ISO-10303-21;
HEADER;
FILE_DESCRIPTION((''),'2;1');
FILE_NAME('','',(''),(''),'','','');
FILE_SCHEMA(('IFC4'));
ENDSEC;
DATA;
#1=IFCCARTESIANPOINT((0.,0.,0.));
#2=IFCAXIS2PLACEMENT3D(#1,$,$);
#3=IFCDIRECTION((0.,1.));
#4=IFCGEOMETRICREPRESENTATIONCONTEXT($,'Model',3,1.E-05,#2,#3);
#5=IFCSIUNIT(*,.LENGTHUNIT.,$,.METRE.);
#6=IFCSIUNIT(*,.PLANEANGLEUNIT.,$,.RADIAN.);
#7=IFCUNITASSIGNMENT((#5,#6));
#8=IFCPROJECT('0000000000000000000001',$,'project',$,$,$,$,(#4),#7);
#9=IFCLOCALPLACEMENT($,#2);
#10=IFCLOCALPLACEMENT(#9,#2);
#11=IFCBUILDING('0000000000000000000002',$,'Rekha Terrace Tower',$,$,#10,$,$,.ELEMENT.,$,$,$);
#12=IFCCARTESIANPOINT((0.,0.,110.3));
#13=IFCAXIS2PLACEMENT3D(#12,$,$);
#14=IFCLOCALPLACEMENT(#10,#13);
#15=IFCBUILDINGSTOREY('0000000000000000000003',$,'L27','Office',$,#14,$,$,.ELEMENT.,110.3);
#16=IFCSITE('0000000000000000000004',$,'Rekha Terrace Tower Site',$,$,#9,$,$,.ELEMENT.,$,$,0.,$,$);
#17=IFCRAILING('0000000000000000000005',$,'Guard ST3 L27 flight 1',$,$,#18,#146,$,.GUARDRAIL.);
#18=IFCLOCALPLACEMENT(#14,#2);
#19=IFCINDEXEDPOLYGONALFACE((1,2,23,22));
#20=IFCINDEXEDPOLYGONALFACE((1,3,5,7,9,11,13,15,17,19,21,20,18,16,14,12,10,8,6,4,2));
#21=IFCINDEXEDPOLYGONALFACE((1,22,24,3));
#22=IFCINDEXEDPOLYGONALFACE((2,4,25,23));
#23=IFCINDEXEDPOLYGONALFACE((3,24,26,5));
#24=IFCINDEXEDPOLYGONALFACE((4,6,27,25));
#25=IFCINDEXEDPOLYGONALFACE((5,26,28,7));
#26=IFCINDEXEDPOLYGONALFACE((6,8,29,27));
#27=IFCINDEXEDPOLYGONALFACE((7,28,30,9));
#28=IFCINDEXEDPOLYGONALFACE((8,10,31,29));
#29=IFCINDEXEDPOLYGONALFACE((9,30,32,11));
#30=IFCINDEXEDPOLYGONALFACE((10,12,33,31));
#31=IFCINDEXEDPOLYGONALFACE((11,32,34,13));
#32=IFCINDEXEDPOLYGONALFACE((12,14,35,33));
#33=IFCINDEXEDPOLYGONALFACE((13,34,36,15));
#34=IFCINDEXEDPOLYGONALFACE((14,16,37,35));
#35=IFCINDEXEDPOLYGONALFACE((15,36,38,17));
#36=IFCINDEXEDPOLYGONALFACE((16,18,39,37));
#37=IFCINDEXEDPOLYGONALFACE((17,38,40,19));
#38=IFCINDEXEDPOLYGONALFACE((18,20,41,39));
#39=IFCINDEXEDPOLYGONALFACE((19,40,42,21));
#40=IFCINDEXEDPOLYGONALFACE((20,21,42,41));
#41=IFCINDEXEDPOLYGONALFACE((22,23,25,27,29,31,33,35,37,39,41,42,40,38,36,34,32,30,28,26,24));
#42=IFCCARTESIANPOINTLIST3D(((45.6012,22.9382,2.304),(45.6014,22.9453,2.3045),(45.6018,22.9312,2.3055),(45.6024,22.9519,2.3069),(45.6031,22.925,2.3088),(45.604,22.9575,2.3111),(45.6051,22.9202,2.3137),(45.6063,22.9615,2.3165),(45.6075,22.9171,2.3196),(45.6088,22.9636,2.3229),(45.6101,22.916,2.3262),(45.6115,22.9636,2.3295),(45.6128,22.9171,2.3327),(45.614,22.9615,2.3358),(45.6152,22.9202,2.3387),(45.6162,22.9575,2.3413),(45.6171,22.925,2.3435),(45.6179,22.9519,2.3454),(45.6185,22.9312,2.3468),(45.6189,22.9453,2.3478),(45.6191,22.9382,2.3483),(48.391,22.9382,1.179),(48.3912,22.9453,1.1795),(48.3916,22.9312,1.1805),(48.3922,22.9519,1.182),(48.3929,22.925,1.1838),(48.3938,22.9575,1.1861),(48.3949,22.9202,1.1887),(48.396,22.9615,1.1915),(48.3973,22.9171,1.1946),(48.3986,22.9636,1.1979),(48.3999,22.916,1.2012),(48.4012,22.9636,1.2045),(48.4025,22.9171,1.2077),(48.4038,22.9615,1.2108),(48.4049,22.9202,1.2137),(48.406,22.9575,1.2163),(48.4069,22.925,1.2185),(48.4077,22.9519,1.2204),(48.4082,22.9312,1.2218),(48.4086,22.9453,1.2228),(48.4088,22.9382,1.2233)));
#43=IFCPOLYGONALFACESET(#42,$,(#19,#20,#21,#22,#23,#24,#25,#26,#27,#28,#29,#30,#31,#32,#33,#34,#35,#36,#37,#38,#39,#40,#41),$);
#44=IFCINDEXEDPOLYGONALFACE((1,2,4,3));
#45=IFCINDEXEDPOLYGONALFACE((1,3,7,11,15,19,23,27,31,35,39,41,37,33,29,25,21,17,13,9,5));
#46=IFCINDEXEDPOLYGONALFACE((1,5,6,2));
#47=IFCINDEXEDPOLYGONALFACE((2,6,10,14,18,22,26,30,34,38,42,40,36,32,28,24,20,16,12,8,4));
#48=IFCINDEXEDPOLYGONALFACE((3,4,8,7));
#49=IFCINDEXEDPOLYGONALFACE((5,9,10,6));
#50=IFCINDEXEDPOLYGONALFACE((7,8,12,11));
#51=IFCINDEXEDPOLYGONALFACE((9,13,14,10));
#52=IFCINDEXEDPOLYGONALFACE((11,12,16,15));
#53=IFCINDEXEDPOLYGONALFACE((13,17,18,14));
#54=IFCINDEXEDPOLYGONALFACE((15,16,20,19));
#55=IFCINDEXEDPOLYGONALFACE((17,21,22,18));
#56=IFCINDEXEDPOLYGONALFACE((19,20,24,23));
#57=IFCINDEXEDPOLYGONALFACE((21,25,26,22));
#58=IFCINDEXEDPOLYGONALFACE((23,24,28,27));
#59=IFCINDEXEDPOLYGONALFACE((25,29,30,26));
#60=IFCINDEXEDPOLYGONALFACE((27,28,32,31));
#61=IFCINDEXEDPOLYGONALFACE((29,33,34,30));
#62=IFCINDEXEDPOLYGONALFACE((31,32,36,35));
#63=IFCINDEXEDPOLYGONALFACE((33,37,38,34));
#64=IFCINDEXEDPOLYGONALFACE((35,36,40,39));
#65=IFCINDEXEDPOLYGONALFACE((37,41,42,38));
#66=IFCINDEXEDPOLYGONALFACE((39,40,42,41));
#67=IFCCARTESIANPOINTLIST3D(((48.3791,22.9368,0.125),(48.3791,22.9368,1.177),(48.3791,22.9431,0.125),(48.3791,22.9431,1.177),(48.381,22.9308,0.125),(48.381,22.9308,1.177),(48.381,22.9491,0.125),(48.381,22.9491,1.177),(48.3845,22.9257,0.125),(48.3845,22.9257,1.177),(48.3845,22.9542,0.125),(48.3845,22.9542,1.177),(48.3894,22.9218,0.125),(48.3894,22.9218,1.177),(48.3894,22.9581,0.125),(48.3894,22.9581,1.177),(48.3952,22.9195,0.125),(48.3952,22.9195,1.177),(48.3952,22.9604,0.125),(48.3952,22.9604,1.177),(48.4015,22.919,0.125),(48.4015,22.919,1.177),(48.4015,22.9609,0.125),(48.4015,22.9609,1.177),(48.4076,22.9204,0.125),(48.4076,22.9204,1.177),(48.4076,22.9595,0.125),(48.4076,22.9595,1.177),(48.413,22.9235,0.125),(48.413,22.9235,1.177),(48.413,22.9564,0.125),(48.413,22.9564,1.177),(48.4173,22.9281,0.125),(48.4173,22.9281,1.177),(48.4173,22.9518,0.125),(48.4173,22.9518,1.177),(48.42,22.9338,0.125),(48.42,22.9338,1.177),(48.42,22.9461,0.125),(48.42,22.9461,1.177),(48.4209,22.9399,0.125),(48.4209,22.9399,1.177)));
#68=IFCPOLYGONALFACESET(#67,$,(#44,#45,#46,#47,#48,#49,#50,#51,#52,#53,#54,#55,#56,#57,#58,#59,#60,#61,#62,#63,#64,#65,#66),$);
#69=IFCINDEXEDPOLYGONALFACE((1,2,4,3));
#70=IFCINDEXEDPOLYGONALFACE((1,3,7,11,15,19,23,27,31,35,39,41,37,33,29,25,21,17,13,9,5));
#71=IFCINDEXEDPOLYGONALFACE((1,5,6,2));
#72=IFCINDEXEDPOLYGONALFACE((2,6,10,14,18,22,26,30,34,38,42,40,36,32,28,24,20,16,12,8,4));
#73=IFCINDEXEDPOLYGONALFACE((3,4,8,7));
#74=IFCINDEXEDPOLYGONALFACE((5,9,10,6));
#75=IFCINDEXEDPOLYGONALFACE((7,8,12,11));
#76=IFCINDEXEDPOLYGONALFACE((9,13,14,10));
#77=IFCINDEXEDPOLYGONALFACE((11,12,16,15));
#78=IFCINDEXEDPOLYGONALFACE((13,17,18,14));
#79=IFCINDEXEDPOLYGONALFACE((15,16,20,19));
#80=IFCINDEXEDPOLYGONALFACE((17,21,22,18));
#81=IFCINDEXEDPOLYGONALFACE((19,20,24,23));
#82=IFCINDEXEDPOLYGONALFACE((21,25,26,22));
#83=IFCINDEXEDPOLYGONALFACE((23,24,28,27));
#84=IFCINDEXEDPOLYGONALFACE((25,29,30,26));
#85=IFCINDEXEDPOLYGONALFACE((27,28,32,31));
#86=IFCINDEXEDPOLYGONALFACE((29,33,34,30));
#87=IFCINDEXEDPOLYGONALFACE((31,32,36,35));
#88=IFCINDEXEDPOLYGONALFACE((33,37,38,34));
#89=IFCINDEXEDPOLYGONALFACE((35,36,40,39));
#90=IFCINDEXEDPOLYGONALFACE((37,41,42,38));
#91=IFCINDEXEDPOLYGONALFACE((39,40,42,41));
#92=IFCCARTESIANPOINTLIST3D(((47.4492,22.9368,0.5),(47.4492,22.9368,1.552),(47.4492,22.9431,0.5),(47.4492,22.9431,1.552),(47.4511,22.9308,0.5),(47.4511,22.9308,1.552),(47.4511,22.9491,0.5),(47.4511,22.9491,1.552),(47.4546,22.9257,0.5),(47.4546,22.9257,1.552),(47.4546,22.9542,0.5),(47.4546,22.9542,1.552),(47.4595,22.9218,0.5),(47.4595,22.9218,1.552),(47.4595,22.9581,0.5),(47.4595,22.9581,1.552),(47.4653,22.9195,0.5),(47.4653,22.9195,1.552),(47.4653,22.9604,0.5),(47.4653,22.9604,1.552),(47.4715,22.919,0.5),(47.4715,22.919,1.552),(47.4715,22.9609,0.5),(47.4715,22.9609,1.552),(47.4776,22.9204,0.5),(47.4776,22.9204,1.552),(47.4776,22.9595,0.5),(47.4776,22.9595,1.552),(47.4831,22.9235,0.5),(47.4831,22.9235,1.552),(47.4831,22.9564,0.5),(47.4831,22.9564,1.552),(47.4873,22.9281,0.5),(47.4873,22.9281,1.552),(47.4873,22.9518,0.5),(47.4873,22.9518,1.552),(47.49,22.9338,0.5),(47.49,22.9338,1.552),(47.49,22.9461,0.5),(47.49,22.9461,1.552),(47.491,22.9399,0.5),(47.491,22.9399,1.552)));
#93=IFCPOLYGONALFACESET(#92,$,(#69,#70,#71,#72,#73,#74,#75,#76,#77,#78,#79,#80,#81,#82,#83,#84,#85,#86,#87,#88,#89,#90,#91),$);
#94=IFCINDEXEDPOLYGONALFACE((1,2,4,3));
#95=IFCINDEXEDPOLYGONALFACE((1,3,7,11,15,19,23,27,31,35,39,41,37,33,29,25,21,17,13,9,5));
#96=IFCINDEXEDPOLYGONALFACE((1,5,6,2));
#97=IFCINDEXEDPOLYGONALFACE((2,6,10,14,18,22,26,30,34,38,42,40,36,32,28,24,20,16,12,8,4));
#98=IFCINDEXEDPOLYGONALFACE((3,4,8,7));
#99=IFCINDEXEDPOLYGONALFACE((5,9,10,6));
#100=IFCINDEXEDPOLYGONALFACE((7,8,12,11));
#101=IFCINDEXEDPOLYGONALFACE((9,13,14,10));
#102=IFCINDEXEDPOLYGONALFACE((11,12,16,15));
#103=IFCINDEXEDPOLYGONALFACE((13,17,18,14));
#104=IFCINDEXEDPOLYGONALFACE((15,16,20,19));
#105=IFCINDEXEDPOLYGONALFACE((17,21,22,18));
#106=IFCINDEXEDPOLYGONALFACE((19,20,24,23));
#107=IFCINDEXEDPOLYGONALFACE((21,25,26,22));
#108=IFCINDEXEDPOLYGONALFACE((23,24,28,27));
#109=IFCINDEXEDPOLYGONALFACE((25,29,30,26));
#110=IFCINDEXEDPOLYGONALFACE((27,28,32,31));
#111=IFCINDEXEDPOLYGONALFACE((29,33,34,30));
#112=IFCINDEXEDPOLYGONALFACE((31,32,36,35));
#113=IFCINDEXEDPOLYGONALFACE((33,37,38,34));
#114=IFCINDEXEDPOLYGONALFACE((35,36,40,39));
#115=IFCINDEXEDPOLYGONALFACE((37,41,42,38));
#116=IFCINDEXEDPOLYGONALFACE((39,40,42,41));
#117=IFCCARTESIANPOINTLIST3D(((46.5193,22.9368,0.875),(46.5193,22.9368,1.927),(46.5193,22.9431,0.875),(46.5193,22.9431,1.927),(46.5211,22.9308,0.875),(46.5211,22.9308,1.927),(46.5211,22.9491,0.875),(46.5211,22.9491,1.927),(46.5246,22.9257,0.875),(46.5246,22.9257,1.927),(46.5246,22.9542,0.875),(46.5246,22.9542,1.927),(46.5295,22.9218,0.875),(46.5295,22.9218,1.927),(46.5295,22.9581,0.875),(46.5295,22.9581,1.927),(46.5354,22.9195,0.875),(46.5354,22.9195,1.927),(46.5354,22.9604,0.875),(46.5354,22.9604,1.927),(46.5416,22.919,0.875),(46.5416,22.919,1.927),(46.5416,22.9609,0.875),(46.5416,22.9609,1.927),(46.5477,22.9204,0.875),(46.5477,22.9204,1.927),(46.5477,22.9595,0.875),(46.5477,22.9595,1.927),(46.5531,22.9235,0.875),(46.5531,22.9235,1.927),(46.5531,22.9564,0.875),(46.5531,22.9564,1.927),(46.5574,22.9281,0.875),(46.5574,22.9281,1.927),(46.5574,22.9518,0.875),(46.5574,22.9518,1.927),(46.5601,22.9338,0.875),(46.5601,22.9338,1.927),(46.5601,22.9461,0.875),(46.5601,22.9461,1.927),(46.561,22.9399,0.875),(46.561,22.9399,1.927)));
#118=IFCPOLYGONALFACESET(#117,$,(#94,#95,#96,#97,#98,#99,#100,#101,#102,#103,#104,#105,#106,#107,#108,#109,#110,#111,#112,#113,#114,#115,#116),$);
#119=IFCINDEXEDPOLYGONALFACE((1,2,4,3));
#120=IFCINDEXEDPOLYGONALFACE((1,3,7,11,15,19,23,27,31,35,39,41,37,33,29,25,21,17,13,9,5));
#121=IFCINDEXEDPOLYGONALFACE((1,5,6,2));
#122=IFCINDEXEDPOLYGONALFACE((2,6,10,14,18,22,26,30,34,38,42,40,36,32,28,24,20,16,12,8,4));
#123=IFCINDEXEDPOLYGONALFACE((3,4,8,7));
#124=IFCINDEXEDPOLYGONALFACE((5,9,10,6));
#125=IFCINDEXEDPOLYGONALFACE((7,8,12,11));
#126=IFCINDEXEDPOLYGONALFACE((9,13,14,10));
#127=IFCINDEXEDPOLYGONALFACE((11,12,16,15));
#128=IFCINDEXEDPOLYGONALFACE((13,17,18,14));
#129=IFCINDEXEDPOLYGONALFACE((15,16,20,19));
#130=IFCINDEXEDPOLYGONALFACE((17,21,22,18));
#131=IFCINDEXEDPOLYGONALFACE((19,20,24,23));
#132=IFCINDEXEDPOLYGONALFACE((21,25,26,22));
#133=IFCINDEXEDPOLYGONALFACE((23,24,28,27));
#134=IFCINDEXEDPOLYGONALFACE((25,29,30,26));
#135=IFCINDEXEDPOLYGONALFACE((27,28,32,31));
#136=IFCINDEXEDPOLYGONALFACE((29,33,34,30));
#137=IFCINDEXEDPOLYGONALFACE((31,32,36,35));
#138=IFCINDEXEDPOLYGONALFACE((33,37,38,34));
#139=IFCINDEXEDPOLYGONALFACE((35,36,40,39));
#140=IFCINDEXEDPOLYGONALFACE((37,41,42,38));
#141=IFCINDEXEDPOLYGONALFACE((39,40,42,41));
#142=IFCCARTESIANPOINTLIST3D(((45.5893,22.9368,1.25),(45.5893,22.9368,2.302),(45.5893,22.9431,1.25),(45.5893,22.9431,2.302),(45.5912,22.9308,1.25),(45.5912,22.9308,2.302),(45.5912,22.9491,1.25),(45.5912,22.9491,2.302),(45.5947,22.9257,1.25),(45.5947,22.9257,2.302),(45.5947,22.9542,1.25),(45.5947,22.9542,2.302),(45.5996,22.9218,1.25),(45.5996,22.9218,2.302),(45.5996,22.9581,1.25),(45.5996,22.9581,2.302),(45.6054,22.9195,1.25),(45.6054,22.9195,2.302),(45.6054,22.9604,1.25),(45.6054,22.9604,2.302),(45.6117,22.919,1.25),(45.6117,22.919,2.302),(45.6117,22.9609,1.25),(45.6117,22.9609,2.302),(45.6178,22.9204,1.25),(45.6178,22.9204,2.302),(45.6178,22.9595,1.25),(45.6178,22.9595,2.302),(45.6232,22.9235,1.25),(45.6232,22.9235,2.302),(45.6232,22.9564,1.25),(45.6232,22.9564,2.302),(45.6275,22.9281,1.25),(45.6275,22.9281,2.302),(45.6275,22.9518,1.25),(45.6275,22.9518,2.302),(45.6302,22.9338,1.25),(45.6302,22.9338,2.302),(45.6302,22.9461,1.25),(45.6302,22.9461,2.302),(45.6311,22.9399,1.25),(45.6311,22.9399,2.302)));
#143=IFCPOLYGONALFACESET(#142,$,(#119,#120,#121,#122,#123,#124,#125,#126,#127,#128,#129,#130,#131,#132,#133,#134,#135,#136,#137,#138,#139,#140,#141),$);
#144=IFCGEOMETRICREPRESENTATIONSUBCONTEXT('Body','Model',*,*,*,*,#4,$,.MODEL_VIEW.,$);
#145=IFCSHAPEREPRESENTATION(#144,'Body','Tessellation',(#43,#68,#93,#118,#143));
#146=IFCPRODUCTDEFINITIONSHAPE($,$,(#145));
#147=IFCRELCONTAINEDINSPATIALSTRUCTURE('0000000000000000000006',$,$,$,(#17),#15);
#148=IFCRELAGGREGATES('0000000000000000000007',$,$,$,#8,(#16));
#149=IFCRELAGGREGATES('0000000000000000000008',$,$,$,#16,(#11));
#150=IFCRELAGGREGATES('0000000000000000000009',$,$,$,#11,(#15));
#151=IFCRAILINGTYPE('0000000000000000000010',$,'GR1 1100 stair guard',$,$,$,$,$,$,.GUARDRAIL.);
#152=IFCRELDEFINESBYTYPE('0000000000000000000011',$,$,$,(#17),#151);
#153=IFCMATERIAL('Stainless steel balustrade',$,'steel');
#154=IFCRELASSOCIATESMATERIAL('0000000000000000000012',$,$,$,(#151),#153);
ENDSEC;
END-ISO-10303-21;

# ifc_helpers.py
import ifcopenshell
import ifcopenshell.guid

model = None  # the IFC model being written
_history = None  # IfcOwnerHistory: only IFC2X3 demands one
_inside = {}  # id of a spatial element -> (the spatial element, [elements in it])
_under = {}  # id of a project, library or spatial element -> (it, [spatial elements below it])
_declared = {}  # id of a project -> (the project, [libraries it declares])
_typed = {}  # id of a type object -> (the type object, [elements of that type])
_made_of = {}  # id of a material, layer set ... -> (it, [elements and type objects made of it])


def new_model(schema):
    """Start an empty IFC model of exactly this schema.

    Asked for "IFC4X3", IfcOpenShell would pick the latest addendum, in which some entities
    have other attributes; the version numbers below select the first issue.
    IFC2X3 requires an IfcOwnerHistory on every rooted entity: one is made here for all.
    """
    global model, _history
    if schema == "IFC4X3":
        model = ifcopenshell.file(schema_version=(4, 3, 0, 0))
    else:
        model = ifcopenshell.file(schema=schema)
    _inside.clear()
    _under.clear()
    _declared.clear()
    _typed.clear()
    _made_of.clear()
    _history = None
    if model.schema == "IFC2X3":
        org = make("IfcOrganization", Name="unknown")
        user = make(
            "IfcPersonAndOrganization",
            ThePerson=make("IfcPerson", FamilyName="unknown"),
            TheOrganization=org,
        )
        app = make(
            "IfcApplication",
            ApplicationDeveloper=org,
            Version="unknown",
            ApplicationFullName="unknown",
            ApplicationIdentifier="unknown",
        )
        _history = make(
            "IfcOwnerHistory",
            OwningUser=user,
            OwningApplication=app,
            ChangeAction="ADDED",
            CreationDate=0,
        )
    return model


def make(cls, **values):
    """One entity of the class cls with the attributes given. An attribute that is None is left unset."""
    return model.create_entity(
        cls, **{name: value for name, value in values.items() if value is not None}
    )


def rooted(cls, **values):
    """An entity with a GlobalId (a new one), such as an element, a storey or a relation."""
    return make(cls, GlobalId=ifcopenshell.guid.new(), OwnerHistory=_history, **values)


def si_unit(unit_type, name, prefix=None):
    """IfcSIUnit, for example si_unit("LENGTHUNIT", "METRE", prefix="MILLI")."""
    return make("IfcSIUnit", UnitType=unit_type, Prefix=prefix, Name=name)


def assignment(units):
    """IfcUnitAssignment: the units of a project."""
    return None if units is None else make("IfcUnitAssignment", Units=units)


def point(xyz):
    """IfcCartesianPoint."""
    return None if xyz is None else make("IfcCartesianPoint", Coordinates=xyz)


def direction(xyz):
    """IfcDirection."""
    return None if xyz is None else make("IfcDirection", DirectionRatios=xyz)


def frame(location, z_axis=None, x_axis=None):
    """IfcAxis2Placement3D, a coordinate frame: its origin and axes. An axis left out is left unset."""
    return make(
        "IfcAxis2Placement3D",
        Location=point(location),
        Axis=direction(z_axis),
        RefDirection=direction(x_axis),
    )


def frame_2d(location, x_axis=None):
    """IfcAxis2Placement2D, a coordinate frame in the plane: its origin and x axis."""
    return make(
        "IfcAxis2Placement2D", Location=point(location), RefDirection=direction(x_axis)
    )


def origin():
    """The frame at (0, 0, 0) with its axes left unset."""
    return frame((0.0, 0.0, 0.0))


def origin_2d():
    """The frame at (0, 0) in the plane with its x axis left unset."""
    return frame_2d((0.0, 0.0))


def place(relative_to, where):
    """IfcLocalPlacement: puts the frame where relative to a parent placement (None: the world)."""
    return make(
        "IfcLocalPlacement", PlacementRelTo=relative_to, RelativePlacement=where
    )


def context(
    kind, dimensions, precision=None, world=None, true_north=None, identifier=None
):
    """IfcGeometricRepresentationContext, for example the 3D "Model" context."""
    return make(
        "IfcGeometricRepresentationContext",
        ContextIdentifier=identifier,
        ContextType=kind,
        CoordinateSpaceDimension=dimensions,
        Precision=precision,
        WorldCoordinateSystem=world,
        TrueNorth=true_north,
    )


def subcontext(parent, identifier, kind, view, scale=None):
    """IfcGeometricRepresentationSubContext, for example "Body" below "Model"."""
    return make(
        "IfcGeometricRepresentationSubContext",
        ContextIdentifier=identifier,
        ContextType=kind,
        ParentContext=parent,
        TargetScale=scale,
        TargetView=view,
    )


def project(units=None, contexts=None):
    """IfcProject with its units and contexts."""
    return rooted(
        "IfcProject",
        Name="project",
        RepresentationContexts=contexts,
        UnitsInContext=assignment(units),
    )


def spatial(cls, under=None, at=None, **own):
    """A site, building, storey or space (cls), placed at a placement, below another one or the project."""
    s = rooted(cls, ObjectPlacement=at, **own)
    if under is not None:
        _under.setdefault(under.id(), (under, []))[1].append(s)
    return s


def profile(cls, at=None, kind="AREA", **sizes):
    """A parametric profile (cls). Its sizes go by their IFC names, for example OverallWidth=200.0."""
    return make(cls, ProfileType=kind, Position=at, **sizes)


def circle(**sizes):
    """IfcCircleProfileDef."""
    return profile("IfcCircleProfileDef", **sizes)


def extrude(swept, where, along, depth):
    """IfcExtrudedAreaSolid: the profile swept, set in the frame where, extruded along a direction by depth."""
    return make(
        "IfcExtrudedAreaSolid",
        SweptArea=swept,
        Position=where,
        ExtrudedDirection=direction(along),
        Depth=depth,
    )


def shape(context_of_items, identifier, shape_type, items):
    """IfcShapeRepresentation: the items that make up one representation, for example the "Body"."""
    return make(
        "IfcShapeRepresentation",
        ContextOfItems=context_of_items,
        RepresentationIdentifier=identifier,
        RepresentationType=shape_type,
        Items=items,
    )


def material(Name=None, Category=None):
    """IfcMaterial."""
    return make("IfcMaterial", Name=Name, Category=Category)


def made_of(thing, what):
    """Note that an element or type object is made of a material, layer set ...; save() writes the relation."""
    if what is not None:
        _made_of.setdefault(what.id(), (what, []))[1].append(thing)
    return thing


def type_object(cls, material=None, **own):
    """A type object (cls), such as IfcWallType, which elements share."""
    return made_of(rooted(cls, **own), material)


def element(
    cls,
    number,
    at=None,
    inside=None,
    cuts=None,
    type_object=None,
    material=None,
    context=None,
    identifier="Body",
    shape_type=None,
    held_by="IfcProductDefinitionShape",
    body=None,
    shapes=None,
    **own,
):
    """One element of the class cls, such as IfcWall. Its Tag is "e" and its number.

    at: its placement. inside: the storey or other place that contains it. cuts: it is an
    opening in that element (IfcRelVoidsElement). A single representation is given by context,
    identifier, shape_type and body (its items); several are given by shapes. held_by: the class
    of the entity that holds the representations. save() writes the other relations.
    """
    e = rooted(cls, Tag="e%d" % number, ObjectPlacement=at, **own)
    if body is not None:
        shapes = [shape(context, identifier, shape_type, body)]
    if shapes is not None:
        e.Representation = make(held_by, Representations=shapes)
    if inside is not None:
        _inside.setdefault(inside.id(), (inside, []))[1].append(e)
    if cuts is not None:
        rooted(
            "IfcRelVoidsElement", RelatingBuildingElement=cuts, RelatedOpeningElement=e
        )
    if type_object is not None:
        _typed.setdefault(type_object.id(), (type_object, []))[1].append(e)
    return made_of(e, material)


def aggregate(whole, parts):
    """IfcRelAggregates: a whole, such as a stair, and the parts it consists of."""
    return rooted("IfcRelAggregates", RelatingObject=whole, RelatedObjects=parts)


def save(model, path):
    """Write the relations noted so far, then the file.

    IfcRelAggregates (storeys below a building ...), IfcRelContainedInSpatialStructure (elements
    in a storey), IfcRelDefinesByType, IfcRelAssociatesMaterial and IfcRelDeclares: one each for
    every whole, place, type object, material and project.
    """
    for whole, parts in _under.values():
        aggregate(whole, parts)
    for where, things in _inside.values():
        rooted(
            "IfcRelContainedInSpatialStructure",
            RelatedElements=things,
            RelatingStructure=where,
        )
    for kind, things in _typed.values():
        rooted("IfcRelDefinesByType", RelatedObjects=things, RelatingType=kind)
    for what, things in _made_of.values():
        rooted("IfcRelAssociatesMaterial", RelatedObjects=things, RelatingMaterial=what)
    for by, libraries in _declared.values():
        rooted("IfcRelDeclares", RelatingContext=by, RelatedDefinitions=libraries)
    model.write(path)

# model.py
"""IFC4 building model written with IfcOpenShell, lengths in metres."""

from ifc_helpers import new_model, si_unit, direction, frame, origin, origin_2d, place, context, subcontext, project, spatial, circle, extrude, material, type_object, element, save


model = new_model("IFC4")

# Units and contexts
model_context = context("Model", 3, precision=1e-05, world=origin(), true_north=direction((0.0, 1.0)))
body_context = subcontext(model_context, "Body", "Model", "MODEL_VIEW")
ifc_project = project(units=[si_unit("LENGTHUNIT", "METRE"), si_unit("PLANEANGLEUNIT", "RADIAN")], contexts=[model_context])

# Site, building, storey
site_placement = place(None, origin())
site = spatial("IfcSite", under=ifc_project, at=site_placement, Name="Rekha Terrace Tower Site", CompositionType="ELEMENT", RefElevation=0.0)
building_placement = place(site_placement, origin())
building = spatial("IfcBuilding", under=site, at=building_placement, Name="Rekha Terrace Tower", CompositionType="ELEMENT")
storey_placement = place(building_placement, frame((0.0, 0.0, 110.3)))
storey = spatial("IfcBuildingStorey", under=building, at=storey_placement, Name="L27", Description="Office", CompositionType="ELEMENT", Elevation=110.3)

# Railing
ifc_material_1 = material(Name="Stainless steel balustrade", Category="steel")
railing_type_1 = type_object("IfcRailingType", Name="GR1 1100 stair guard", PredefinedType="GUARDRAIL", material=ifc_material_1)
railing_1_placement = place(storey_placement, frame((48.3999, 22.9399, 0.125)))
element("IfcRailing", 1, at=railing_1_placement, inside=storey, type_object=railing_type_1, Name="Guard ST3 L27 flight 1", PredefinedType="GUARDRAIL", context=body_context, shape_type="SweptSolid", body=[
    extrude(circle(Radius=0.0239, at=origin_2d()), frame((0.0, 0.0, 1.0762), z_axis=(-0.927432, 0.0, 0.373992), x_axis=(0.0, -1.0, 0.0)), (0.0, 0.0, 1.0), 3.0081),
    extrude(circle(Radius=0.021, at=origin_2d()), origin(), (0.0, 0.0, 1.0), 1.052),
    extrude(circle(Radius=0.021, at=origin_2d()), frame((-0.9299, 0.0, 0.375)), (0.0, 0.0, 1.0), 1.052),
    extrude(circle(Radius=0.021, at=origin_2d()), frame((-1.8599, 0.0, 0.75)), (0.0, 0.0, 1.0), 1.052),
    extrude(circle(Radius=0.021, at=origin_2d()), frame((-2.7898, 0.0, 1.125)), (0.0, 0.0, 1.0), 1.052),
])

save(model, "model.ifc")
